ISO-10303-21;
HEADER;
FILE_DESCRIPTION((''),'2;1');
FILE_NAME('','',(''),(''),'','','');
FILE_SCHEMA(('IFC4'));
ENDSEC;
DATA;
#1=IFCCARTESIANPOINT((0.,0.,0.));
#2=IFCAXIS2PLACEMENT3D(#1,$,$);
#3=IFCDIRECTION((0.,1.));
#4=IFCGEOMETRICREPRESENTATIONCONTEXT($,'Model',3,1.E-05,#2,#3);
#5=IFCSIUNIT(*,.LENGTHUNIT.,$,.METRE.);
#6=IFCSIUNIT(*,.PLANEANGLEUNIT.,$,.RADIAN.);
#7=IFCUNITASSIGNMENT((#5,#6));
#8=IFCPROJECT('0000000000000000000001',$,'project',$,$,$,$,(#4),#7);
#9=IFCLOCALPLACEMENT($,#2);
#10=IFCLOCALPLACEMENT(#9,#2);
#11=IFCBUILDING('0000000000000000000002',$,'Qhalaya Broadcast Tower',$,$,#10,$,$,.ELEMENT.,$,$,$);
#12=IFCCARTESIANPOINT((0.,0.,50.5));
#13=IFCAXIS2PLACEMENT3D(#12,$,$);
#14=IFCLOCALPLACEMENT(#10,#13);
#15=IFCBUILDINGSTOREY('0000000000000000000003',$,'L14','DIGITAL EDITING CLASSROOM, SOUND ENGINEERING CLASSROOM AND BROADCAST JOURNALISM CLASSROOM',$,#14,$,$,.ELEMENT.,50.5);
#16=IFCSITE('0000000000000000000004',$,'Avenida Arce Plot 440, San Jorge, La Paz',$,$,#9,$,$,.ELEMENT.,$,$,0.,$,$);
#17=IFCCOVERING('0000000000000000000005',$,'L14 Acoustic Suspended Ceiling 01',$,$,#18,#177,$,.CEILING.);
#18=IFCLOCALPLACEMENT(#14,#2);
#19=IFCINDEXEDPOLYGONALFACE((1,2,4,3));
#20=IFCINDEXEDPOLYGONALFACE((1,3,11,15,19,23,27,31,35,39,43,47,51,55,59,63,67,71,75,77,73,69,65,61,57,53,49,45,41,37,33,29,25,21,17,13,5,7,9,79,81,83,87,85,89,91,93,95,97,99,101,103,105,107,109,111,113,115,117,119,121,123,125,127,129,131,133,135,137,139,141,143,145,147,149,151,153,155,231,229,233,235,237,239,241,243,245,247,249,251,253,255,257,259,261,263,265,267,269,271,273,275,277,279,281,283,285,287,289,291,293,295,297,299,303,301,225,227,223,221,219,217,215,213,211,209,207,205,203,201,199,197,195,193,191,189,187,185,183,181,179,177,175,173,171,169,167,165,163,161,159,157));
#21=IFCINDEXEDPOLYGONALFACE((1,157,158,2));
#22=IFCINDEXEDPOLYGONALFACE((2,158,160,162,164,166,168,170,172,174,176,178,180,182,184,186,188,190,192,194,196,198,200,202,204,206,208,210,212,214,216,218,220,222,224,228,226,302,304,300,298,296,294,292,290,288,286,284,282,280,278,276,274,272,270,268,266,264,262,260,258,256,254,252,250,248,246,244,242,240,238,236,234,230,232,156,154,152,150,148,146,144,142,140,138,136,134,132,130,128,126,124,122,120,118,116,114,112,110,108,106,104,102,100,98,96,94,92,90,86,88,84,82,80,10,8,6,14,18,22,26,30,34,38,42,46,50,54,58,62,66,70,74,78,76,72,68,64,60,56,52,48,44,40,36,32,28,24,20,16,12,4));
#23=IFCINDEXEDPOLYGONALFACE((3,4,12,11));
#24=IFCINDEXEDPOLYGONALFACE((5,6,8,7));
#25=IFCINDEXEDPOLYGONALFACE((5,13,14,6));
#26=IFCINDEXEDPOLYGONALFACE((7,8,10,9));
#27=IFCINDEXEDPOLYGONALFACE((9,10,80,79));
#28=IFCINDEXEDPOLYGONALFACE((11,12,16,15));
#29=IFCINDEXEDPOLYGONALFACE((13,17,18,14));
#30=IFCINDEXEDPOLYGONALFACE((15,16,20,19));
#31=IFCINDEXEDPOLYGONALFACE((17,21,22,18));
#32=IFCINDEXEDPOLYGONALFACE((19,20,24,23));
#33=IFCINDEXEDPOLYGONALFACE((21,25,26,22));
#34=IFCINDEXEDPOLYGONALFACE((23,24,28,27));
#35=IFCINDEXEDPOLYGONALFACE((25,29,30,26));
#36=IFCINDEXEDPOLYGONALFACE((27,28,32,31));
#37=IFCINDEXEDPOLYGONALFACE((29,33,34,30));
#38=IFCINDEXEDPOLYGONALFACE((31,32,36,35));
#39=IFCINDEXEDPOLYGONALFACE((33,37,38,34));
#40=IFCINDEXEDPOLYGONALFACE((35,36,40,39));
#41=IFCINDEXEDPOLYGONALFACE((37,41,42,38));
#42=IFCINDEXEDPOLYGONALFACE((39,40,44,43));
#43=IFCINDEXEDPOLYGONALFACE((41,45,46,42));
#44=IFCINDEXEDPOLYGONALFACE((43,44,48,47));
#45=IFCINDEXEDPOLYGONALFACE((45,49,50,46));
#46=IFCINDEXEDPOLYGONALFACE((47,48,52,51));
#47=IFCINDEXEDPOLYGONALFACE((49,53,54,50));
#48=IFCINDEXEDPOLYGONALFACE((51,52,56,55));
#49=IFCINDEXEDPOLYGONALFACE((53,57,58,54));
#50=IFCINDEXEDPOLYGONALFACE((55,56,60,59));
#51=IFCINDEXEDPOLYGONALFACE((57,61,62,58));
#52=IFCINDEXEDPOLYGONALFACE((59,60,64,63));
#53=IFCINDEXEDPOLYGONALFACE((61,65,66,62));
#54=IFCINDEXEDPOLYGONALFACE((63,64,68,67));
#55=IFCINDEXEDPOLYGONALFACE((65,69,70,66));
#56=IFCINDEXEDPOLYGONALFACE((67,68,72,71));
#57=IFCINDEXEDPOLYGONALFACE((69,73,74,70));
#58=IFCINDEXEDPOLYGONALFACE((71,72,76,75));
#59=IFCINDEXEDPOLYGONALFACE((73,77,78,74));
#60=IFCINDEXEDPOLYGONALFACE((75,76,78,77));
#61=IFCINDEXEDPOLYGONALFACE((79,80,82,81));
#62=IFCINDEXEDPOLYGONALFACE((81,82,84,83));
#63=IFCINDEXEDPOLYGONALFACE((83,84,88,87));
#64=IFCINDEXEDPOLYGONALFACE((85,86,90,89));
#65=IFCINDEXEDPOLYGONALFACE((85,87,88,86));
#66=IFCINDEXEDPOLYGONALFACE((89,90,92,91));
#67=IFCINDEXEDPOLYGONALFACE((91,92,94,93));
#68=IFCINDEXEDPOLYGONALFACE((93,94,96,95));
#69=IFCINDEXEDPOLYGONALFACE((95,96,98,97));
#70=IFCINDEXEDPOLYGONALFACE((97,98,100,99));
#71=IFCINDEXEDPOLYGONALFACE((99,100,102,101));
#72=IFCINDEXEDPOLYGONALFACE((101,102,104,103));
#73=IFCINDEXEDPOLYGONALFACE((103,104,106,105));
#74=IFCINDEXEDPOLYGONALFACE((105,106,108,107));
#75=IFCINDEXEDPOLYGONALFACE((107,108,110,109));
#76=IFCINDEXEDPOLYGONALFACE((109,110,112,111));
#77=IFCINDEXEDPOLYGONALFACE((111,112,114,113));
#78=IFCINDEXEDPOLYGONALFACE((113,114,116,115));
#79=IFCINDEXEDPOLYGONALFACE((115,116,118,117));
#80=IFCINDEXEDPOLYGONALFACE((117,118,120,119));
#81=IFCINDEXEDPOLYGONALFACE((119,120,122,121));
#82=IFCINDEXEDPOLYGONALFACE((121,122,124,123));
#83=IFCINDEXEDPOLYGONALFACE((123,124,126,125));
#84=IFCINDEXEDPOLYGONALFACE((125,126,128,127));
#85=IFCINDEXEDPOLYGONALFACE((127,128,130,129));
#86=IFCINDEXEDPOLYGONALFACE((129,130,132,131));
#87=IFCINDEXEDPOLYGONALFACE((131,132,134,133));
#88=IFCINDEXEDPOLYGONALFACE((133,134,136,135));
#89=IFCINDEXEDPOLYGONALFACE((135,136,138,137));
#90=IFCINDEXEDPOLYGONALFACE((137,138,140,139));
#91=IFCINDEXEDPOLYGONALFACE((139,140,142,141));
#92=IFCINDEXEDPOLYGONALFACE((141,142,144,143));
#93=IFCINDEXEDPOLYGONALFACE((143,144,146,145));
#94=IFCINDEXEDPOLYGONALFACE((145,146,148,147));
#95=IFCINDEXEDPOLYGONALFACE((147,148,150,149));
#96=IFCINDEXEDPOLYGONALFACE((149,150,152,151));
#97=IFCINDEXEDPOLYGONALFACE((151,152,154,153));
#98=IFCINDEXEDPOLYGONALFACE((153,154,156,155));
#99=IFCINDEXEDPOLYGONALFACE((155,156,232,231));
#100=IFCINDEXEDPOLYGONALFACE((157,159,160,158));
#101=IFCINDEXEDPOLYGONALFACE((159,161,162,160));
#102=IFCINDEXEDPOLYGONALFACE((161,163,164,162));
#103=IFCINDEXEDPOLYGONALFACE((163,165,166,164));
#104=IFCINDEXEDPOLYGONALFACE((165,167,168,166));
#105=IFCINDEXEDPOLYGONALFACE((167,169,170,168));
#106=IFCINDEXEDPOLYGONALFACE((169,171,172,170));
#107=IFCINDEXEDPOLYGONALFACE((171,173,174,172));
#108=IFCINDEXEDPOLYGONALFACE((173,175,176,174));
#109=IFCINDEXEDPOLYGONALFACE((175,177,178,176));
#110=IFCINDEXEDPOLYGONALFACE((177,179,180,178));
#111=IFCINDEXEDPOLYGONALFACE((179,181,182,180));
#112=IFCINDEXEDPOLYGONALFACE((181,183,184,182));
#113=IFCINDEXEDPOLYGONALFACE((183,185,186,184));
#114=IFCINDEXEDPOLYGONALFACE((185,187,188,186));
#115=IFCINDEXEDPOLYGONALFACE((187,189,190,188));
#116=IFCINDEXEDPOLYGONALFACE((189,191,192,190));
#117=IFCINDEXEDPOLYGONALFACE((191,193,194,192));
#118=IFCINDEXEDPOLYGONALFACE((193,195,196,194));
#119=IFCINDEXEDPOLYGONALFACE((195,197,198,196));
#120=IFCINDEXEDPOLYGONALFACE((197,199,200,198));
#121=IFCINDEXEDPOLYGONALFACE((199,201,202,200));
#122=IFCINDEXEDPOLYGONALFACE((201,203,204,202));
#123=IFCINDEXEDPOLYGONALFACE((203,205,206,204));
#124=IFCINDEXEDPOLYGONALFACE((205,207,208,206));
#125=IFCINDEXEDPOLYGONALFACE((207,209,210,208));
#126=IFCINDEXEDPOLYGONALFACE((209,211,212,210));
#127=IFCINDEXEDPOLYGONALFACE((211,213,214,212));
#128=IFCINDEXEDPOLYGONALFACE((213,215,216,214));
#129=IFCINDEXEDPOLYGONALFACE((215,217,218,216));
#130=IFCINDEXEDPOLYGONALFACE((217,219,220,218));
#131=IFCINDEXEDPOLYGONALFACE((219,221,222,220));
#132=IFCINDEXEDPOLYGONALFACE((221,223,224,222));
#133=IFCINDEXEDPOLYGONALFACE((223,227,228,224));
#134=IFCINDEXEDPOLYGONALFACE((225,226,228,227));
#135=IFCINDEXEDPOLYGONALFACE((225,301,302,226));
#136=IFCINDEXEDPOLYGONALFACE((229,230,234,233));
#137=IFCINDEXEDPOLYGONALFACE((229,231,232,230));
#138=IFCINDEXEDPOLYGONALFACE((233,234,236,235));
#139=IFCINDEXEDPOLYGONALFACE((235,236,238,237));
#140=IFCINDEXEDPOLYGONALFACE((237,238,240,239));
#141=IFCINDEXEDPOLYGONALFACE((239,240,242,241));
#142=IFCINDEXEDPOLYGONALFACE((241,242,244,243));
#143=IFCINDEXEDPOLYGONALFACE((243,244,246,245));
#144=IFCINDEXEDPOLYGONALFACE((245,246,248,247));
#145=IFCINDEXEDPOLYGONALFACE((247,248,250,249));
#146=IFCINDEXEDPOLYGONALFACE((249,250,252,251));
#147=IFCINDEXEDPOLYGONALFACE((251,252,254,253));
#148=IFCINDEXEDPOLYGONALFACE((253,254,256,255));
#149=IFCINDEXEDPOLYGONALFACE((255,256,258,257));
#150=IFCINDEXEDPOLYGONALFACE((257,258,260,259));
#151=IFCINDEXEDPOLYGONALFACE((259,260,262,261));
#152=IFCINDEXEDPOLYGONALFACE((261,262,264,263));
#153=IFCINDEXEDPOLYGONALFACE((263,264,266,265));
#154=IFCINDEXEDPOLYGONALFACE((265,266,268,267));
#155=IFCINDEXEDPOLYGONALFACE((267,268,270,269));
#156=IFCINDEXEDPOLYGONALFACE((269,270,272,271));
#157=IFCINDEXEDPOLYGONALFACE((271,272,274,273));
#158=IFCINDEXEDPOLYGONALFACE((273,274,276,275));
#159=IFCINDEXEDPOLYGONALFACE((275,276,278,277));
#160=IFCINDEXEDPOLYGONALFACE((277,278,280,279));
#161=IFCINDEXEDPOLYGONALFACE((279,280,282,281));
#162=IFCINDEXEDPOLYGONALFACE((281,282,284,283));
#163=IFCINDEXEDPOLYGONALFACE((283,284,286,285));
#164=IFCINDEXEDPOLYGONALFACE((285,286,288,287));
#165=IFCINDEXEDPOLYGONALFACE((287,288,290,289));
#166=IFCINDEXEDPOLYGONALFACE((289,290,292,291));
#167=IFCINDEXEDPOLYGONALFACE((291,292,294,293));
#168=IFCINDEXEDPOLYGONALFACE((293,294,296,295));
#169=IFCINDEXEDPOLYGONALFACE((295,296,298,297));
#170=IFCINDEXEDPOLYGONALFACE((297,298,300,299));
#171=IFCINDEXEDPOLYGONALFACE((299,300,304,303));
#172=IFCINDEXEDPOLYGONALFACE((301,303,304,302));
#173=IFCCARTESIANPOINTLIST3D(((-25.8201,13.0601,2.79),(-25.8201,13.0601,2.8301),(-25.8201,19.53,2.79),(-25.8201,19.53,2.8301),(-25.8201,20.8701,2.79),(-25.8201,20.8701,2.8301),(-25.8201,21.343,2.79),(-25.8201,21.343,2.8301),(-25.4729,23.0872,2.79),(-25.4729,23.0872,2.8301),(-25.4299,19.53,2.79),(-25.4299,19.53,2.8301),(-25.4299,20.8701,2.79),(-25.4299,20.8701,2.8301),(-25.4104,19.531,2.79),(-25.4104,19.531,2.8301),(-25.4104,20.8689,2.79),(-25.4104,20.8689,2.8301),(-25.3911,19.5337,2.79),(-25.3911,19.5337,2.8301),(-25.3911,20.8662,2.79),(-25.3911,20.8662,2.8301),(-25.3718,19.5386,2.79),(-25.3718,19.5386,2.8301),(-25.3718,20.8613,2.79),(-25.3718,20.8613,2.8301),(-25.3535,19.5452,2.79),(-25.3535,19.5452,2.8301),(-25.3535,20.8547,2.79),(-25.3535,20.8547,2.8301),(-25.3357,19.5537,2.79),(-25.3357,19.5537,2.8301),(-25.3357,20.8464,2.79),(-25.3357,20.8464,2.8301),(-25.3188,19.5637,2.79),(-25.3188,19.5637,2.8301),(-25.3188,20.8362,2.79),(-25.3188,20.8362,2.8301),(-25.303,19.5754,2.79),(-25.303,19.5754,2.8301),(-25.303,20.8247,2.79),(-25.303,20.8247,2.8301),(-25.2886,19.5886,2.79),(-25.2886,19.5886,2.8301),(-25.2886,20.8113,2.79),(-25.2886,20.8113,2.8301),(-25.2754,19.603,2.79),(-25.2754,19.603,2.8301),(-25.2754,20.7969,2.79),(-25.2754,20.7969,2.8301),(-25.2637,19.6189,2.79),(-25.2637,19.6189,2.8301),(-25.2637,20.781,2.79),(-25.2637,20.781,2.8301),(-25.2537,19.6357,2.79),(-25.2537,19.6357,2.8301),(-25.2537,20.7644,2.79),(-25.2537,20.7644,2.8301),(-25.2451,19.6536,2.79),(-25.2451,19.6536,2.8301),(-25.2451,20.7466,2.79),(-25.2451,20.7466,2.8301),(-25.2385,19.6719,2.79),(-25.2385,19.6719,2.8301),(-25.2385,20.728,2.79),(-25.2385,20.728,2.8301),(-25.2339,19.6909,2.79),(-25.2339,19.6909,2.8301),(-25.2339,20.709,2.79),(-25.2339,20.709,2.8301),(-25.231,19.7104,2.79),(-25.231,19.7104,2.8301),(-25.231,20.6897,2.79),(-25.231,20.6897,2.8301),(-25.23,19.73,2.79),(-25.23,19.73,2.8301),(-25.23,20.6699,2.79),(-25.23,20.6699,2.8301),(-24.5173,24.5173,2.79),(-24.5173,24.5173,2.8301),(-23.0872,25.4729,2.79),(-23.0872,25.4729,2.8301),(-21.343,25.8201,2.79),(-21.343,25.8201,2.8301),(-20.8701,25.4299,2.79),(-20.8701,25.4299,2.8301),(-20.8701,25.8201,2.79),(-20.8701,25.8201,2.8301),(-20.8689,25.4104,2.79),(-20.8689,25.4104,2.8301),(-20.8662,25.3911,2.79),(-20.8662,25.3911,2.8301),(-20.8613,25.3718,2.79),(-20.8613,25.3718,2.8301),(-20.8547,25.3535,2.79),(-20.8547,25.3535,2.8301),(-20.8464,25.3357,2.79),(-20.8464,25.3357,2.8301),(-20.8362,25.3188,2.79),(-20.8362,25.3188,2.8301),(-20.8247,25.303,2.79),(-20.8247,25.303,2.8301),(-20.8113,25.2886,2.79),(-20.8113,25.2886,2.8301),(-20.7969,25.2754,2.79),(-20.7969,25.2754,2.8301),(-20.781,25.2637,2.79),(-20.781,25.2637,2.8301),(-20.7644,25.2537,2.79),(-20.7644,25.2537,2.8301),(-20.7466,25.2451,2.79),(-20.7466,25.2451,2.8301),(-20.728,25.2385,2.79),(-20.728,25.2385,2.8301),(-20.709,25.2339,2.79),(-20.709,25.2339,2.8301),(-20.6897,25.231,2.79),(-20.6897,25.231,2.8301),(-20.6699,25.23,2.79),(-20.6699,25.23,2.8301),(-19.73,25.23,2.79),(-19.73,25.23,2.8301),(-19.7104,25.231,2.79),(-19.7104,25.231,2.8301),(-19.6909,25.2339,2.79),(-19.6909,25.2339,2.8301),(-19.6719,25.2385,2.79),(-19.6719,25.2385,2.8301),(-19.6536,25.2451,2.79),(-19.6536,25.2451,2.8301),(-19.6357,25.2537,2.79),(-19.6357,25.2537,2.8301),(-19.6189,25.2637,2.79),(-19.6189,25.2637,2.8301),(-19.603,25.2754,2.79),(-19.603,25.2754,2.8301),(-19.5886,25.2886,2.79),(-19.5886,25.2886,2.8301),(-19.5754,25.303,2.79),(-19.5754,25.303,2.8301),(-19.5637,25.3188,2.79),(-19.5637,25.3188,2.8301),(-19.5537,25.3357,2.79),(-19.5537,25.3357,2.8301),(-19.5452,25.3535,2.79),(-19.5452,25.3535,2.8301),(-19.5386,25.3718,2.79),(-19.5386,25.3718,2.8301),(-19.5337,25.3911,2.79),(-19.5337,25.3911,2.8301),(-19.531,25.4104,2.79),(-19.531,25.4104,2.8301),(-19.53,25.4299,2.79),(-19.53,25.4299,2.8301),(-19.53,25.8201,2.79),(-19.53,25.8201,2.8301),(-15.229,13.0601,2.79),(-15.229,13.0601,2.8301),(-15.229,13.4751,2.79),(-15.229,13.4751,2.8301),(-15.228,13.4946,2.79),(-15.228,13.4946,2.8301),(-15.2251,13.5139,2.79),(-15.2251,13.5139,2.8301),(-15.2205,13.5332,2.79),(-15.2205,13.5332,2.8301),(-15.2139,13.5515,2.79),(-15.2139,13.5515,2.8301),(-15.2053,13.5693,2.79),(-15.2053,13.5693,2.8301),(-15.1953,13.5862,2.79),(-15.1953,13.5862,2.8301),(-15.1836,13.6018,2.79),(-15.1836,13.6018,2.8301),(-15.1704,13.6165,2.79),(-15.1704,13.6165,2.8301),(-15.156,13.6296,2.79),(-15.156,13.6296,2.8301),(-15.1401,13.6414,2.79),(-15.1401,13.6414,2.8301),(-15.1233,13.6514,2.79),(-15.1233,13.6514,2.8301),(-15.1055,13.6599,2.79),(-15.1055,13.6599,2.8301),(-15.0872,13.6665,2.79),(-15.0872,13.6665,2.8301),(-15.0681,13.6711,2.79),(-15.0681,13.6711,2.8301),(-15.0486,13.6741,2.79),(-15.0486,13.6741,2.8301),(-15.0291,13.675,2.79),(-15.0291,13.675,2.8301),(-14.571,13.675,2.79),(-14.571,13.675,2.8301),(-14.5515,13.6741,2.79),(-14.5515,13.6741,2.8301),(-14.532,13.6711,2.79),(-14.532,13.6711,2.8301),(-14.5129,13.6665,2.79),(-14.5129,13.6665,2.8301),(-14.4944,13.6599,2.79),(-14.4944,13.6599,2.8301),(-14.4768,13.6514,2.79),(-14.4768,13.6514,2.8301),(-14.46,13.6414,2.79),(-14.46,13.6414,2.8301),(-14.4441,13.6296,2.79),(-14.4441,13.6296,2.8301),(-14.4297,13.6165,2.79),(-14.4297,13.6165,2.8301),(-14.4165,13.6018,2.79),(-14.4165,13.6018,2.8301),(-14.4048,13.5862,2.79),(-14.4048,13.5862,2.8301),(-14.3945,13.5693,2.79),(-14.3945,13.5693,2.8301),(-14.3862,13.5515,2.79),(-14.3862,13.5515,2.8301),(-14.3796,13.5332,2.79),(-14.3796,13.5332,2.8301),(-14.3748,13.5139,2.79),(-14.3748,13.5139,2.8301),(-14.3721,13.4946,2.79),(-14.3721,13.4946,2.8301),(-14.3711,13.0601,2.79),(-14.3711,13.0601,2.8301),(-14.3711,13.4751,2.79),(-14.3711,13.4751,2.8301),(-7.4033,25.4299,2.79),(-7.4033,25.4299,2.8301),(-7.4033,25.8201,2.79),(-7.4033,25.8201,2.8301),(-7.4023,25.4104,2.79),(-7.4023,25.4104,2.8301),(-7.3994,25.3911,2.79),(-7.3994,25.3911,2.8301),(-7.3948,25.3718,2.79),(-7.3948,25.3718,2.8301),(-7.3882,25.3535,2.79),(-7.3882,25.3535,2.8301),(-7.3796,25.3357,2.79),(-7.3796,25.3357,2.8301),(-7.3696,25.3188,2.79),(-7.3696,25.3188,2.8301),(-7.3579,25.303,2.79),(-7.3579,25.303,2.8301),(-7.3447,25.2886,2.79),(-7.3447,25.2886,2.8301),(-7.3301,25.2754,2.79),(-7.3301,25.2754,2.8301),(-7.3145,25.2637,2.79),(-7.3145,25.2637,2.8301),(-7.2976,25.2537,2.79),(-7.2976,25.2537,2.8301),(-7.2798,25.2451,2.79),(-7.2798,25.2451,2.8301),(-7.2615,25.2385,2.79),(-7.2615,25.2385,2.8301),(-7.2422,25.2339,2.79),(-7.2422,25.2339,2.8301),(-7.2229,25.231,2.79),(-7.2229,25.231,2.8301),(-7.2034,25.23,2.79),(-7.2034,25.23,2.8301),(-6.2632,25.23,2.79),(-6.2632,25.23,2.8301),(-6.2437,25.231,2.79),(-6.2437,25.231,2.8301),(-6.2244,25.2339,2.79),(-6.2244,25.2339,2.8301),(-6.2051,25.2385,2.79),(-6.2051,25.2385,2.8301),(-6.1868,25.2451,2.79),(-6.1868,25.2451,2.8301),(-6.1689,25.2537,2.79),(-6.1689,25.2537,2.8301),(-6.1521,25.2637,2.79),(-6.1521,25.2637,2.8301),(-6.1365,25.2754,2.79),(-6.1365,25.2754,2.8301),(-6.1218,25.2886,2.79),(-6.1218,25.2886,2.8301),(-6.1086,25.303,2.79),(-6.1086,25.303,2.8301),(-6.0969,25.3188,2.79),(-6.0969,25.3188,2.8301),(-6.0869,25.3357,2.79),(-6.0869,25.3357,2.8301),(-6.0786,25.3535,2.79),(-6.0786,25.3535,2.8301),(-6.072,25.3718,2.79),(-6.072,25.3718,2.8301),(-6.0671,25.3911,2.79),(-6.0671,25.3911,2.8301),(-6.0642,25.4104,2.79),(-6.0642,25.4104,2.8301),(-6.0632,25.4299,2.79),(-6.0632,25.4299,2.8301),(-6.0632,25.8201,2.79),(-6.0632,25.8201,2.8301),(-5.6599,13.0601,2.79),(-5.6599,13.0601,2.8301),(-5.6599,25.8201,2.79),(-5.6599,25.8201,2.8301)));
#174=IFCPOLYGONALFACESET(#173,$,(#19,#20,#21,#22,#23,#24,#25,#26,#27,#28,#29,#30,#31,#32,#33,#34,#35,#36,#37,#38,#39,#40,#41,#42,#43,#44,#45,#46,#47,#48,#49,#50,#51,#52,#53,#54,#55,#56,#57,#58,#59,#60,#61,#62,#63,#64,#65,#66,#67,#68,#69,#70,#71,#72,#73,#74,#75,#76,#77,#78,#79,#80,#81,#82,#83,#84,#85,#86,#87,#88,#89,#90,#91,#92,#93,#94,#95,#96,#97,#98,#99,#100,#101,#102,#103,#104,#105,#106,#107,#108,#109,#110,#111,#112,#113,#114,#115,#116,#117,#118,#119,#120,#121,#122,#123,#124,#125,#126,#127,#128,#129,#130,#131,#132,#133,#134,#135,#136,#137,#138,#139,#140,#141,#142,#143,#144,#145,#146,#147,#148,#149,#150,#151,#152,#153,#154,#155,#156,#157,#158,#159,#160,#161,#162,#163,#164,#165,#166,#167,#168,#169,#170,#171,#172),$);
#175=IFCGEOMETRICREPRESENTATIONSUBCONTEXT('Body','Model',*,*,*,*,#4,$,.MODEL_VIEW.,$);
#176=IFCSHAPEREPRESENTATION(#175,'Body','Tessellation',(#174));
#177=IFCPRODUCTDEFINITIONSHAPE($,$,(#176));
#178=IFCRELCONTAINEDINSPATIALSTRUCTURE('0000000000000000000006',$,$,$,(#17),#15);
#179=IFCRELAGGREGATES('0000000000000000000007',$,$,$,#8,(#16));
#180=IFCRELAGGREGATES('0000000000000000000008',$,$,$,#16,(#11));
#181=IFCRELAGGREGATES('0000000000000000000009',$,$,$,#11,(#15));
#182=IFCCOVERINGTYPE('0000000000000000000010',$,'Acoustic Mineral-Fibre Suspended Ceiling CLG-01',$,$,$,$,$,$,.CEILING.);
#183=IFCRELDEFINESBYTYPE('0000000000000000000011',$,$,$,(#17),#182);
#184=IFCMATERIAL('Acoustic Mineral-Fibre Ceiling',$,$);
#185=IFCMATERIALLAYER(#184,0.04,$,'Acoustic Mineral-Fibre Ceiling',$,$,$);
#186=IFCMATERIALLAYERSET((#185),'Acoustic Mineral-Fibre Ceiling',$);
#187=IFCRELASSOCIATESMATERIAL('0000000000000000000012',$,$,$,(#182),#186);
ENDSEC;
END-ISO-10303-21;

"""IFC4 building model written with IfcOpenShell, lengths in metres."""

from ifc_helpers import new_model, si_unit, direction, frame, origin, place, context, subcontext, project, spatial, polyline, outline, extrude, material, layer, layer_set, type_object, element, save


model = new_model("IFC4")

# Units and contexts
model_context = context("Model", 3, precision=1e-05, world=origin(), true_north=direction((0.0, 1.0)))
body_context = subcontext(model_context, "Body", "Model", "MODEL_VIEW")
ifc_project = project(units=[si_unit("LENGTHUNIT", "METRE"), si_unit("PLANEANGLEUNIT", "RADIAN")], contexts=[model_context])

# Site, building, storey
site_placement = place(None, origin())
site = spatial("IfcSite", under=ifc_project, at=site_placement, Name="Avenida Arce Plot 440, San Jorge, La Paz", CompositionType="ELEMENT", RefElevation=0.0)
building_placement = place(site_placement, origin())
building = spatial("IfcBuilding", under=site, at=building_placement, Name="Qhalaya Broadcast Tower", CompositionType="ELEMENT")
storey_placement = place(building_placement, frame((0.0, 0.0, 50.5)))
storey = spatial("IfcBuildingStorey", under=building, at=storey_placement, Name="L14", Description="DIGITAL EDITING CLASSROOM, SOUND ENGINEERING CLASSROOM AND BROADCAST JOURNALISM CLASSROOM", CompositionType="ELEMENT", Elevation=50.5)

# Covering
ifc_material_1 = material(Name="Acoustic Mineral-Fibre Ceiling")
ifc_layer_1 = layer(ifc_material_1, 0.04, Name="Acoustic Mineral-Fibre Ceiling")
ifc_layer_set_1 = layer_set([ifc_layer_1], Name="Acoustic Mineral-Fibre Ceiling")
covering_type = type_object("IfcCoveringType", Name="Acoustic Mineral-Fibre Suspended Ceiling CLG-01", PredefinedType="CEILING", material=ifc_layer_set_1)
covering_1_placement = place(storey_placement, frame((0.0, 0.0, 2.79)))
element("IfcCovering", 1, at=covering_1_placement, inside=storey, type_object=covering_type, Name="L14 Acoustic Suspended Ceiling 01", PredefinedType="CEILING", context=body_context, shape_type="SweptSolid", body=[
    extrude(outline(polyline([(-25.8201, 19.53), (-25.8201, 13.0601), (-15.229, 13.0601), (-15.229, 13.4751), (-15.228, 13.4946), (-15.2251, 13.5139), (-15.2205, 13.5332), (-15.2139, 13.5515), (-15.2053, 13.5693), (-15.1953, 13.5862), (-15.1836, 13.6018), (-15.1704, 13.6165), (-15.156, 13.6296), (-15.1401, 13.6414), (-15.1233, 13.6514), (-15.1055, 13.6599), (-15.0872, 13.6665), (-15.0681, 13.6711), (-15.0486, 13.6741), (-15.0291, 13.675), (-14.571, 13.675), (-14.5515, 13.6741), (-14.532, 13.6711), (-14.5129, 13.6665), (-14.4944, 13.6599), (-14.4768, 13.6514), (-14.46, 13.6414), (-14.4441, 13.6296), (-14.4297, 13.6165), (-14.4165, 13.6018), (-14.4048, 13.5862), (-14.3945, 13.5693), (-14.3862, 13.5515), (-14.3796, 13.5332), (-14.3748, 13.5139), (-14.3721, 13.4946), (-14.3711, 13.4751), (-14.3711, 13.0601), (-5.6599, 13.0601), (-5.6599, 25.8201), (-6.0632, 25.8201), (-6.0632, 25.4299), (-6.0642, 25.4104), (-6.0671, 25.3911), (-6.072, 25.3718), (-6.0786, 25.3535), (-6.0869, 25.3357), (-6.0969, 25.3188), (-6.1086, 25.303), (-6.1218, 25.2886), (-6.1365, 25.2754), (-6.1521, 25.2637), (-6.1689, 25.2537), (-6.1868, 25.2451), (-6.2051, 25.2385), (-6.2244, 25.2339), (-6.2437, 25.231), (-6.2632, 25.23), (-7.2034, 25.23), (-7.2229, 25.231), (-7.2422, 25.2339), (-7.2615, 25.2385), (-7.2798, 25.2451), (-7.2976, 25.2537), (-7.3145, 25.2637), (-7.3301, 25.2754), (-7.3447, 25.2886), (-7.3579, 25.303), (-7.3696, 25.3188), (-7.3796, 25.3357), (-7.3882, 25.3535), (-7.3948, 25.3718), (-7.3994, 25.3911), (-7.4023, 25.4104), (-7.4033, 25.4299), (-7.4033, 25.8201), (-19.53, 25.8201), (-19.53, 25.4299), (-19.531, 25.4104), (-19.5337, 25.3911), (-19.5386, 25.3718), (-19.5452, 25.3535), (-19.5537, 25.3357), (-19.5637, 25.3188), (-19.5754, 25.303), (-19.5886, 25.2886), (-19.603, 25.2754), (-19.6189, 25.2637), (-19.6357, 25.2537), (-19.6536, 25.2451), (-19.6719, 25.2385), (-19.6909, 25.2339), (-19.7104, 25.231), (-19.73, 25.23), (-20.6699, 25.23), (-20.6897, 25.231), (-20.709, 25.2339), (-20.728, 25.2385), (-20.7466, 25.2451), (-20.7644, 25.2537), (-20.781, 25.2637), (-20.7969, 25.2754), (-20.8113, 25.2886), (-20.8247, 25.303), (-20.8362, 25.3188), (-20.8464, 25.3357), (-20.8547, 25.3535), (-20.8613, 25.3718), (-20.8662, 25.3911), (-20.8689, 25.4104), (-20.8701, 25.4299), (-20.8701, 25.8201), (-21.343, 25.8201), (-23.0872, 25.4729), (-24.5173, 24.5173), (-25.4729, 23.0872), (-25.8201, 21.343), (-25.8201, 20.8701), (-25.4299, 20.8701), (-25.4104, 20.8689), (-25.3911, 20.8662), (-25.3718, 20.8613), (-25.3535, 20.8547), (-25.3357, 20.8464), (-25.3188, 20.8362), (-25.303, 20.8247), (-25.2886, 20.8113), (-25.2754, 20.7969), (-25.2637, 20.781), (-25.2537, 20.7644), (-25.2451, 20.7466), (-25.2385, 20.728), (-25.2339, 20.709), (-25.231, 20.6897), (-25.23, 20.6699), (-25.23, 19.73), (-25.231, 19.7104), (-25.2339, 19.6909), (-25.2385, 19.6719), (-25.2451, 19.6536), (-25.2537, 19.6357), (-25.2637, 19.6189), (-25.2754, 19.603), (-25.2886, 19.5886), (-25.303, 19.5754), (-25.3188, 19.5637), (-25.3357, 19.5537), (-25.3535, 19.5452), (-25.3718, 19.5386), (-25.3911, 19.5337), (-25.4104, 19.531), (-25.4299, 19.53), (-25.8201, 19.53)])), origin(), (0.0, 0.0, 1.0), 0.04),
])

save(model, "model.ifc")
